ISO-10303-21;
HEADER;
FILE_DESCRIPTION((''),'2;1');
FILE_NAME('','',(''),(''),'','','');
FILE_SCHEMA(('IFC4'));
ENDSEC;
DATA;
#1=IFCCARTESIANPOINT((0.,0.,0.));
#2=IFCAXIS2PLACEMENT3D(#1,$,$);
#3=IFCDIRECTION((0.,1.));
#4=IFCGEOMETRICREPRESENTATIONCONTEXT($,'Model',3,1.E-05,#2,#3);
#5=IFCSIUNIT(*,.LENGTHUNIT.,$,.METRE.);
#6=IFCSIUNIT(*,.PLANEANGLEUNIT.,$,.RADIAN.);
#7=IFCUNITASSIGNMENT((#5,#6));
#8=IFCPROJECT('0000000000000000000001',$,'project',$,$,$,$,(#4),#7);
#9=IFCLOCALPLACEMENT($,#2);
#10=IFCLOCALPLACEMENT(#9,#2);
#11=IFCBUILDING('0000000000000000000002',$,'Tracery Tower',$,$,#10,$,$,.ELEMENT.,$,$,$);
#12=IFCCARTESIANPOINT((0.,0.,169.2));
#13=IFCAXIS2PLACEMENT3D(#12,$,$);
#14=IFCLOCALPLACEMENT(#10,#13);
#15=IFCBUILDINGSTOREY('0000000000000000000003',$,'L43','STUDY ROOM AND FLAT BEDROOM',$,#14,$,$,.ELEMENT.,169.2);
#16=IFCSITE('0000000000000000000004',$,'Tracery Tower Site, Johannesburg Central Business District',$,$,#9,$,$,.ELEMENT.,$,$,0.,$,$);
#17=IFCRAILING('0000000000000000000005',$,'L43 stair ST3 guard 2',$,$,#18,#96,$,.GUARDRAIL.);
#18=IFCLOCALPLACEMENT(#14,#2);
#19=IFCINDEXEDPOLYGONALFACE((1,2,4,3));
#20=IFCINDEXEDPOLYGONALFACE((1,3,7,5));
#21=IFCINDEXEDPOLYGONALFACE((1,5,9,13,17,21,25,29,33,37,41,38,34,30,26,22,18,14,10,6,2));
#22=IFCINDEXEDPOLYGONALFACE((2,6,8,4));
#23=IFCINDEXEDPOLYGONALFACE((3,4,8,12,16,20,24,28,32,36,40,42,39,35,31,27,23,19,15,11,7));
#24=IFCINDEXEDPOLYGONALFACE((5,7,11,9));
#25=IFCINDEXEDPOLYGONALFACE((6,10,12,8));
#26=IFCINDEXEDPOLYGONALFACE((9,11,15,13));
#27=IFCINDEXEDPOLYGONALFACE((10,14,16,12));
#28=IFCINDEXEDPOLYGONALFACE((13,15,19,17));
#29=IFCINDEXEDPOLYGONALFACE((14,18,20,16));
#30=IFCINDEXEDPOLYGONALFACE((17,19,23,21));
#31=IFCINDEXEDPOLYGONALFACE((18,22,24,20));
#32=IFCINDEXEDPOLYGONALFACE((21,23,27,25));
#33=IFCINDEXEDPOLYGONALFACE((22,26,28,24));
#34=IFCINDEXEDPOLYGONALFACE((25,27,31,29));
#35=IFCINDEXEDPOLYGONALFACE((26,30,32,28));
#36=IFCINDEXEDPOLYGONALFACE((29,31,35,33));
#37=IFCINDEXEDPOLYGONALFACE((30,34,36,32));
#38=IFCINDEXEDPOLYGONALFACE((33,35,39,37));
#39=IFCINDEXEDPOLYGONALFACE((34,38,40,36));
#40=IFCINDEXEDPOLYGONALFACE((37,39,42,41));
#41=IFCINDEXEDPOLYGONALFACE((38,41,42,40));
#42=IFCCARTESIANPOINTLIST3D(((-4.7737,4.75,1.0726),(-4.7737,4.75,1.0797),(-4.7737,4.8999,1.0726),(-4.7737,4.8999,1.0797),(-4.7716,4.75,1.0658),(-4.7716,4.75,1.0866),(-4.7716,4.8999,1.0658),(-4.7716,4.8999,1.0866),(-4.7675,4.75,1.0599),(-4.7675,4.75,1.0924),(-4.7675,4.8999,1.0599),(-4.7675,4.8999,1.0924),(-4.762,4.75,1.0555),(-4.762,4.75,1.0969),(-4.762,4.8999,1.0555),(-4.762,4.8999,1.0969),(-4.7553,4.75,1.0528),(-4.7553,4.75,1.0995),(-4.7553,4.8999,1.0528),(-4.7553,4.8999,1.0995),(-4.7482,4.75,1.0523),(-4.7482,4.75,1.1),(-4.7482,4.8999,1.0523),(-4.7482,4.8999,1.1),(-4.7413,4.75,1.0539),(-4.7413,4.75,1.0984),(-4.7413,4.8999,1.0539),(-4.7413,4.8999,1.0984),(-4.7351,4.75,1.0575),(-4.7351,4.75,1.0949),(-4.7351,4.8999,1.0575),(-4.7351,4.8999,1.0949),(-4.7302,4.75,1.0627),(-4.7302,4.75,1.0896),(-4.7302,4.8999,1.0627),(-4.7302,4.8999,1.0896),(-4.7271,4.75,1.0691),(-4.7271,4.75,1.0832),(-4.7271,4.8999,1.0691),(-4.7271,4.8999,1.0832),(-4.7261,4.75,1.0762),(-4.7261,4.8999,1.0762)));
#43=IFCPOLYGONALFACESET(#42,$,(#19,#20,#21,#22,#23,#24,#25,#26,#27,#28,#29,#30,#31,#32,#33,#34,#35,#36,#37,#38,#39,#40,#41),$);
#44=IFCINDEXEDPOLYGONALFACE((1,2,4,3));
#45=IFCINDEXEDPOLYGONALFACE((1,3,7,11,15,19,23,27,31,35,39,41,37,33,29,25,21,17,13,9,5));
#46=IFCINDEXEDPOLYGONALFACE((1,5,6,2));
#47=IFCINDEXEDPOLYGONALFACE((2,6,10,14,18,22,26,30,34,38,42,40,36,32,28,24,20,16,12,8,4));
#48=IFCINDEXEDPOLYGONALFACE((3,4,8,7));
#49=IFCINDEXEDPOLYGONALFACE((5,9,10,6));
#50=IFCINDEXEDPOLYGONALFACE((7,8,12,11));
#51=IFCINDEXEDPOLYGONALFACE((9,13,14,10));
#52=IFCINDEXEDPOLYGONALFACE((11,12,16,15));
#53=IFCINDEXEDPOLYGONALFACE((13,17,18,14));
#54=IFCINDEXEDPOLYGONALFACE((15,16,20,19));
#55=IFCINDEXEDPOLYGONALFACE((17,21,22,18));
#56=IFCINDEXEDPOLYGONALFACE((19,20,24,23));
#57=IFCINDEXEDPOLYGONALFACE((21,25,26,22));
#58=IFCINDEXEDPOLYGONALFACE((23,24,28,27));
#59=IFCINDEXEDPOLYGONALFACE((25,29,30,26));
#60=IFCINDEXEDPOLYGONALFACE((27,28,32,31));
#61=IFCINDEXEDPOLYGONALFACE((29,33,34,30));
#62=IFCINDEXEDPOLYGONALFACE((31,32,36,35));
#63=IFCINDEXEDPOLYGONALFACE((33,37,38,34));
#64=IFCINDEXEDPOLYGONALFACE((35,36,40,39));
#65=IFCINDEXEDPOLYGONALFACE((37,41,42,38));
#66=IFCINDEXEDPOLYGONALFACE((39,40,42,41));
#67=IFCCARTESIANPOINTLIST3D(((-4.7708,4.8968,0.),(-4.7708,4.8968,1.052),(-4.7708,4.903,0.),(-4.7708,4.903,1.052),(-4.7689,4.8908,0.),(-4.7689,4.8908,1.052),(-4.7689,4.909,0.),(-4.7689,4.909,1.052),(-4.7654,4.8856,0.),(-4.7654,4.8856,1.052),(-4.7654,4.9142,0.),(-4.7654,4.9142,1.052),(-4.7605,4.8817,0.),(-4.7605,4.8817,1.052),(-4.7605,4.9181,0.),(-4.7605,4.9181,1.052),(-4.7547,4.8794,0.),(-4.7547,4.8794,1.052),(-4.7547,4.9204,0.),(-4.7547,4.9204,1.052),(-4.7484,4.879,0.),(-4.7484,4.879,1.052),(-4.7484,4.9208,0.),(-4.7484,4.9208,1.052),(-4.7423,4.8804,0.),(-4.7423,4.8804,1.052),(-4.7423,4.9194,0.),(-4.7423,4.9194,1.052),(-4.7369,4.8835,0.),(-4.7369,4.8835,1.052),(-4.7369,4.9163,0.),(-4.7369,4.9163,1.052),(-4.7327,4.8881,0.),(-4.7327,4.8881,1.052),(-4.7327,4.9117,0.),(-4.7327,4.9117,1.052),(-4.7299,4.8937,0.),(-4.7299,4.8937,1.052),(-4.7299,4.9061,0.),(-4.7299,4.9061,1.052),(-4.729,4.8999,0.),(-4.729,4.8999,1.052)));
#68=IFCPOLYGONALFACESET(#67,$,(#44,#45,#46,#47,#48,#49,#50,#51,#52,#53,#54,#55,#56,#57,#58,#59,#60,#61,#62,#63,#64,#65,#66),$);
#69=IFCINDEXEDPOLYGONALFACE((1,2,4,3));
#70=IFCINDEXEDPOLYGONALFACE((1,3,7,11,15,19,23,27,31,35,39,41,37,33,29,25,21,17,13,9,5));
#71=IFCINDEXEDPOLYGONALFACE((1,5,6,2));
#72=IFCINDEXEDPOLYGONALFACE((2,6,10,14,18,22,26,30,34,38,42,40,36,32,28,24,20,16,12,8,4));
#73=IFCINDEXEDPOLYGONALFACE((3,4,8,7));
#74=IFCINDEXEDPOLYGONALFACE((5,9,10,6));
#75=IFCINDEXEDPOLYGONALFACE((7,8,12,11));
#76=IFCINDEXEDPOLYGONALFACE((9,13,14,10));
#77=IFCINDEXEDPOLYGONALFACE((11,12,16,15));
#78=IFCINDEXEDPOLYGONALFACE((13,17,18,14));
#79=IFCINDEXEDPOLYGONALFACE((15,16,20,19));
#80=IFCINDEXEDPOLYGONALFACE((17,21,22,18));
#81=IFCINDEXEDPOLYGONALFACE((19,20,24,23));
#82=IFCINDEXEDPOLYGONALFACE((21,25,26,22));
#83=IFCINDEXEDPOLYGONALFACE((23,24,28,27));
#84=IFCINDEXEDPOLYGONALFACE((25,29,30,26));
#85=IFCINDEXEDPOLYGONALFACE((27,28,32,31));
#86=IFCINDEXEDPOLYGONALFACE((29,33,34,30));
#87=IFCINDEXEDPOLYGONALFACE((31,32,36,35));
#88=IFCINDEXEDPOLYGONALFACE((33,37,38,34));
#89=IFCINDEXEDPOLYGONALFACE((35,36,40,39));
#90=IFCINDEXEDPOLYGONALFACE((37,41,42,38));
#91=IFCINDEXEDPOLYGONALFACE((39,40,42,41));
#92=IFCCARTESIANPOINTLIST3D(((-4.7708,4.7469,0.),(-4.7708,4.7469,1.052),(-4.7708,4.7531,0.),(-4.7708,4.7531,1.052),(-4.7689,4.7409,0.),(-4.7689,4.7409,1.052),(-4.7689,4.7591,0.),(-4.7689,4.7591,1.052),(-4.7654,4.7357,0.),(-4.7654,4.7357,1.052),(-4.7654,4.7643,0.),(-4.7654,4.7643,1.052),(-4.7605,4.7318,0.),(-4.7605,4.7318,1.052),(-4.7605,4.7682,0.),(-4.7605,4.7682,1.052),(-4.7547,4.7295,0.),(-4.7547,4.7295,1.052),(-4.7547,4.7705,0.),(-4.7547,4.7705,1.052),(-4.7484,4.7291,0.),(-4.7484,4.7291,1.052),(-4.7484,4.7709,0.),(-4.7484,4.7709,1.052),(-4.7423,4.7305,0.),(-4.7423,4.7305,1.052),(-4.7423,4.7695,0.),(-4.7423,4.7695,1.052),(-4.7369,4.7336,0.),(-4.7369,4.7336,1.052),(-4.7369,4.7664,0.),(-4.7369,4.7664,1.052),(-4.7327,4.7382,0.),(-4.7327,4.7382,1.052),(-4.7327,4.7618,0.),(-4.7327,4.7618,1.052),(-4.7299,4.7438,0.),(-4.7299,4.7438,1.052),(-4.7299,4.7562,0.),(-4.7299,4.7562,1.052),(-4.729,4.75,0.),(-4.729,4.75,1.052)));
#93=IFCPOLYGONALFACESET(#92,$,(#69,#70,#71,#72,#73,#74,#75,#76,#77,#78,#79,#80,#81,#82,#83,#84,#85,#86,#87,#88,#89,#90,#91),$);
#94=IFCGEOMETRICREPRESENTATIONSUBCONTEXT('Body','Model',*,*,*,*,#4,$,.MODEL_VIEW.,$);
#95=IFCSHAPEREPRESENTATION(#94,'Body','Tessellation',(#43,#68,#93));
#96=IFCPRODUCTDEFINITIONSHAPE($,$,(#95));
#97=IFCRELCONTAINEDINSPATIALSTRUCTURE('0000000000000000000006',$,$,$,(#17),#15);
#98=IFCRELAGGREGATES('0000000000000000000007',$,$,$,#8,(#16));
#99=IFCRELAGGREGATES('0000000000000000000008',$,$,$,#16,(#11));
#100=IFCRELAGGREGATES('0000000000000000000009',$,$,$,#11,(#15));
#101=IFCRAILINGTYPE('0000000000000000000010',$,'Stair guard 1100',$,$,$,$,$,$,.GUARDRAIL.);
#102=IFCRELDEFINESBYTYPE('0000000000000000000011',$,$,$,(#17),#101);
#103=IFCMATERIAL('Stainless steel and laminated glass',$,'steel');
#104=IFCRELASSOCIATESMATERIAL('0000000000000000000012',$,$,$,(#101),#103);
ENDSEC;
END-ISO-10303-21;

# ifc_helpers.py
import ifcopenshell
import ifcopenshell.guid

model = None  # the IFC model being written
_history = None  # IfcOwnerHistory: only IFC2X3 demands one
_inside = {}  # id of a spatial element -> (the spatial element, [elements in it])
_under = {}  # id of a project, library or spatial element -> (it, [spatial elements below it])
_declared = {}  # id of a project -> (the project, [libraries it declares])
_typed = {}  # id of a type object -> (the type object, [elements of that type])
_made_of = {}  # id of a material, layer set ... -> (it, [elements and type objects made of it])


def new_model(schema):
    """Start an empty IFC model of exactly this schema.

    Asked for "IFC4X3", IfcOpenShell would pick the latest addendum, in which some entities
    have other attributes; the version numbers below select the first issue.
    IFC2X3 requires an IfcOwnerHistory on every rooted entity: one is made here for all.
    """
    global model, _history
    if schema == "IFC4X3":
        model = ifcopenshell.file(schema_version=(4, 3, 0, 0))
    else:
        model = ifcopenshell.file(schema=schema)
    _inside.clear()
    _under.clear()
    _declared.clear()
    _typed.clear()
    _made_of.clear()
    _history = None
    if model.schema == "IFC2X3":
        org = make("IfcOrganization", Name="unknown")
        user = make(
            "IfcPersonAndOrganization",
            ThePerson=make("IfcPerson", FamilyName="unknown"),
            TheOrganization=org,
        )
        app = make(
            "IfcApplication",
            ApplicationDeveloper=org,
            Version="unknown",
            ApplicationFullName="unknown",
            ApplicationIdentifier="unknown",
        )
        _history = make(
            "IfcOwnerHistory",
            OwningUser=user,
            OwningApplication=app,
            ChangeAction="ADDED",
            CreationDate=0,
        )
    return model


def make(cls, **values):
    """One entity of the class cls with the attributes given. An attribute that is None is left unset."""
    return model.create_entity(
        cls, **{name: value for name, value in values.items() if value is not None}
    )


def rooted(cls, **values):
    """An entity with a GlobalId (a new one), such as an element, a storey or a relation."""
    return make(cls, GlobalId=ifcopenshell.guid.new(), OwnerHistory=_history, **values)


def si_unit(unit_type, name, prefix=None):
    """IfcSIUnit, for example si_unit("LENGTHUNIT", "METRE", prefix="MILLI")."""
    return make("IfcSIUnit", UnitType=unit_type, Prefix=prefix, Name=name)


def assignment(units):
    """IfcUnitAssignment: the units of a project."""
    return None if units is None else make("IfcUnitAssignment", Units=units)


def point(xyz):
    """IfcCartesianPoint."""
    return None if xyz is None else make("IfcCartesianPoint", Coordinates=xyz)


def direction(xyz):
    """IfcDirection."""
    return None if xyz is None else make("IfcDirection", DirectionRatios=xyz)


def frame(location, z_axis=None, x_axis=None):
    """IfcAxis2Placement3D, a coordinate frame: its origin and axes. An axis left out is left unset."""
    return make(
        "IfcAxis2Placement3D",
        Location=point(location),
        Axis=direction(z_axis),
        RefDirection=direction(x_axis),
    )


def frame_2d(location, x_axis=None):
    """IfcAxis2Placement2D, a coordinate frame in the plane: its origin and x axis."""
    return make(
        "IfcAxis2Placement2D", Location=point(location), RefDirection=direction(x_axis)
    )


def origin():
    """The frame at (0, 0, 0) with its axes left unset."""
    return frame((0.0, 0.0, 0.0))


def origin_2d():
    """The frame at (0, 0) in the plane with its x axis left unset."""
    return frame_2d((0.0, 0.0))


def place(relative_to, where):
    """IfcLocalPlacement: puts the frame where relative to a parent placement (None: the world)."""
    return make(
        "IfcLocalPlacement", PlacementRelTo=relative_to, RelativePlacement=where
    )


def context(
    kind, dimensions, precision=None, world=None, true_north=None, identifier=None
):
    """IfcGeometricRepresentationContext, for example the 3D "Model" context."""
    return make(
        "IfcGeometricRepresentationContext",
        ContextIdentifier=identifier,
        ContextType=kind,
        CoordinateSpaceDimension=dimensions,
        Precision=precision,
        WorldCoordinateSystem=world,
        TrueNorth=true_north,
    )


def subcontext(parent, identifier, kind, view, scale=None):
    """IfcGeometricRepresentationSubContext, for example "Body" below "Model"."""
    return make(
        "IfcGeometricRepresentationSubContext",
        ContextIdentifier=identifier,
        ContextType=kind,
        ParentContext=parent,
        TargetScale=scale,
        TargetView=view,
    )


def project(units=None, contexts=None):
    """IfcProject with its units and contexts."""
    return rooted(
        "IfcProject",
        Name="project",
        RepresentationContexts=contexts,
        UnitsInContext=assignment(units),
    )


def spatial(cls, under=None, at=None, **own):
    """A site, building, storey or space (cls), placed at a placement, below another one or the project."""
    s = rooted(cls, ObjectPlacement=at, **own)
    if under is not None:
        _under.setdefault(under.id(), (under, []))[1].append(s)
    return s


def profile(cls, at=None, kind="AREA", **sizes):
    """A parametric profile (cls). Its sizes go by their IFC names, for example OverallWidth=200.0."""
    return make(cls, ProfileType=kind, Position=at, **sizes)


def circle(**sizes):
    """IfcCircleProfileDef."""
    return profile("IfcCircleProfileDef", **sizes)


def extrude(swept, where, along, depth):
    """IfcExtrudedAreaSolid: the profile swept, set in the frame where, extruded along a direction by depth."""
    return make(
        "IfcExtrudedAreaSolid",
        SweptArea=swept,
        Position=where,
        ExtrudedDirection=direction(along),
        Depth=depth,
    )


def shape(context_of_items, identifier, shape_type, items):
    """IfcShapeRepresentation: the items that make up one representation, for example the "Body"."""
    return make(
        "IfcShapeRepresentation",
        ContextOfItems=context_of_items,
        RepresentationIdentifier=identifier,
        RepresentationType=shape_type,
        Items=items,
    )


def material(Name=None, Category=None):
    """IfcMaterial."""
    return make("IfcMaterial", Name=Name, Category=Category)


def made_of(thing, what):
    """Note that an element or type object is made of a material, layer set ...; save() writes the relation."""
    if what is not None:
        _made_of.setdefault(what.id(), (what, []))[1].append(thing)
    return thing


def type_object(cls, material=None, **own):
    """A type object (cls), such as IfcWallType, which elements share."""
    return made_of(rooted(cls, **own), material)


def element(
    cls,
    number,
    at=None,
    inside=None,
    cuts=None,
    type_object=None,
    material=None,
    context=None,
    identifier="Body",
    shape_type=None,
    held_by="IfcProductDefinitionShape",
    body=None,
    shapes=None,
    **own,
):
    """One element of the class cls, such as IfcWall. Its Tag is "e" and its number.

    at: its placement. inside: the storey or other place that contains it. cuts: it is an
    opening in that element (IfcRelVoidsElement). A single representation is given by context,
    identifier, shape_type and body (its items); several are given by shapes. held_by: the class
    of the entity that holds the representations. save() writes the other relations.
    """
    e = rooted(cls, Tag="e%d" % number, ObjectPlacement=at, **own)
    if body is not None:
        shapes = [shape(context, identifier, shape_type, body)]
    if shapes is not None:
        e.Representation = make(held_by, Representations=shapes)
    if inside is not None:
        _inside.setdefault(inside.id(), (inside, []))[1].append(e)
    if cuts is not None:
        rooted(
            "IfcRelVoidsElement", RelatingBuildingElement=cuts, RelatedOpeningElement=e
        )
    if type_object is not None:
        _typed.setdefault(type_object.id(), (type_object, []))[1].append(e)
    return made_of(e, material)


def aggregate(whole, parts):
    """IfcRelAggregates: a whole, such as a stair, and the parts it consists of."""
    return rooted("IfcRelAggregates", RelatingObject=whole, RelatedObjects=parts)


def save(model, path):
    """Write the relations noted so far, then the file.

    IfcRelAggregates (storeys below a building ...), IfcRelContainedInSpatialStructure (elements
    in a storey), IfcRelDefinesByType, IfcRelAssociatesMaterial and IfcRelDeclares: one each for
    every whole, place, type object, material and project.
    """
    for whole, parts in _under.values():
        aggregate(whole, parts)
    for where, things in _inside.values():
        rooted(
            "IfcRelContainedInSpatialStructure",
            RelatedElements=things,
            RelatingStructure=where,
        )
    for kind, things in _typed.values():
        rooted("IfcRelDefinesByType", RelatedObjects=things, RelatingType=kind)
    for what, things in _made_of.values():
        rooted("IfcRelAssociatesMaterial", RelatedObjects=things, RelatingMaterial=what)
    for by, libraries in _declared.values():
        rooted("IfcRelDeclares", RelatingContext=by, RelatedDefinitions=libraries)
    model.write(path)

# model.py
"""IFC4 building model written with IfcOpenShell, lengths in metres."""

from ifc_helpers import new_model, si_unit, direction, frame, origin, origin_2d, place, context, subcontext, project, spatial, circle, extrude, material, type_object, element, save


model = new_model("IFC4")

# Units and contexts
model_context = context("Model", 3, precision=1e-05, world=origin(), true_north=direction((0.0, 1.0)))
body_context = subcontext(model_context, "Body", "Model", "MODEL_VIEW")
ifc_project = project(units=[si_unit("LENGTHUNIT", "METRE"), si_unit("PLANEANGLEUNIT", "RADIAN")], contexts=[model_context])

# Site, building, storey
site_placement = place(None, origin())
site = spatial("IfcSite", under=ifc_project, at=site_placement, Name="Tracery Tower Site, Johannesburg Central Business District", CompositionType="ELEMENT", RefElevation=0.0)
building_placement = place(site_placement, origin())
building = spatial("IfcBuilding", under=site, at=building_placement, Name="Tracery Tower", CompositionType="ELEMENT")
storey_placement = place(building_placement, frame((0.0, 0.0, 169.2)))
storey = spatial("IfcBuildingStorey", under=building, at=storey_placement, Name="L43", Description="STUDY ROOM AND FLAT BEDROOM", CompositionType="ELEMENT", Elevation=169.2)

# Railing
ifc_material_1 = material(Name="Stainless steel and laminated glass", Category="steel")
railing_type_1 = type_object("IfcRailingType", Name="Stair guard 1100", PredefinedType="GUARDRAIL", material=ifc_material_1)
railing_1_placement = place(storey_placement, frame((-4.75, 4.8999, 0.0)))
element("IfcRailing", 1, at=railing_1_placement, inside=storey, type_object=railing_type_1, Name="L43 stair ST3 guard 2", PredefinedType="GUARDRAIL", context=body_context, shape_type="SweptSolid", body=[
    extrude(circle(Radius=0.0239, at=origin_2d()), frame((0.0, 0.0, 1.0762), z_axis=(0.0, -1.0, 0.0), x_axis=(1.0, 0.0, 0.0)), (0.0, 0.0, 1.0), 0.1499),
    extrude(circle(Radius=0.021, at=origin_2d()), origin(), (0.0, 0.0, 1.0), 1.052),
    extrude(circle(Radius=0.021, at=origin_2d()), frame((0.0, -0.1499, 0.0)), (0.0, 0.0, 1.0), 1.052),
])

save(model, "model.ifc")
